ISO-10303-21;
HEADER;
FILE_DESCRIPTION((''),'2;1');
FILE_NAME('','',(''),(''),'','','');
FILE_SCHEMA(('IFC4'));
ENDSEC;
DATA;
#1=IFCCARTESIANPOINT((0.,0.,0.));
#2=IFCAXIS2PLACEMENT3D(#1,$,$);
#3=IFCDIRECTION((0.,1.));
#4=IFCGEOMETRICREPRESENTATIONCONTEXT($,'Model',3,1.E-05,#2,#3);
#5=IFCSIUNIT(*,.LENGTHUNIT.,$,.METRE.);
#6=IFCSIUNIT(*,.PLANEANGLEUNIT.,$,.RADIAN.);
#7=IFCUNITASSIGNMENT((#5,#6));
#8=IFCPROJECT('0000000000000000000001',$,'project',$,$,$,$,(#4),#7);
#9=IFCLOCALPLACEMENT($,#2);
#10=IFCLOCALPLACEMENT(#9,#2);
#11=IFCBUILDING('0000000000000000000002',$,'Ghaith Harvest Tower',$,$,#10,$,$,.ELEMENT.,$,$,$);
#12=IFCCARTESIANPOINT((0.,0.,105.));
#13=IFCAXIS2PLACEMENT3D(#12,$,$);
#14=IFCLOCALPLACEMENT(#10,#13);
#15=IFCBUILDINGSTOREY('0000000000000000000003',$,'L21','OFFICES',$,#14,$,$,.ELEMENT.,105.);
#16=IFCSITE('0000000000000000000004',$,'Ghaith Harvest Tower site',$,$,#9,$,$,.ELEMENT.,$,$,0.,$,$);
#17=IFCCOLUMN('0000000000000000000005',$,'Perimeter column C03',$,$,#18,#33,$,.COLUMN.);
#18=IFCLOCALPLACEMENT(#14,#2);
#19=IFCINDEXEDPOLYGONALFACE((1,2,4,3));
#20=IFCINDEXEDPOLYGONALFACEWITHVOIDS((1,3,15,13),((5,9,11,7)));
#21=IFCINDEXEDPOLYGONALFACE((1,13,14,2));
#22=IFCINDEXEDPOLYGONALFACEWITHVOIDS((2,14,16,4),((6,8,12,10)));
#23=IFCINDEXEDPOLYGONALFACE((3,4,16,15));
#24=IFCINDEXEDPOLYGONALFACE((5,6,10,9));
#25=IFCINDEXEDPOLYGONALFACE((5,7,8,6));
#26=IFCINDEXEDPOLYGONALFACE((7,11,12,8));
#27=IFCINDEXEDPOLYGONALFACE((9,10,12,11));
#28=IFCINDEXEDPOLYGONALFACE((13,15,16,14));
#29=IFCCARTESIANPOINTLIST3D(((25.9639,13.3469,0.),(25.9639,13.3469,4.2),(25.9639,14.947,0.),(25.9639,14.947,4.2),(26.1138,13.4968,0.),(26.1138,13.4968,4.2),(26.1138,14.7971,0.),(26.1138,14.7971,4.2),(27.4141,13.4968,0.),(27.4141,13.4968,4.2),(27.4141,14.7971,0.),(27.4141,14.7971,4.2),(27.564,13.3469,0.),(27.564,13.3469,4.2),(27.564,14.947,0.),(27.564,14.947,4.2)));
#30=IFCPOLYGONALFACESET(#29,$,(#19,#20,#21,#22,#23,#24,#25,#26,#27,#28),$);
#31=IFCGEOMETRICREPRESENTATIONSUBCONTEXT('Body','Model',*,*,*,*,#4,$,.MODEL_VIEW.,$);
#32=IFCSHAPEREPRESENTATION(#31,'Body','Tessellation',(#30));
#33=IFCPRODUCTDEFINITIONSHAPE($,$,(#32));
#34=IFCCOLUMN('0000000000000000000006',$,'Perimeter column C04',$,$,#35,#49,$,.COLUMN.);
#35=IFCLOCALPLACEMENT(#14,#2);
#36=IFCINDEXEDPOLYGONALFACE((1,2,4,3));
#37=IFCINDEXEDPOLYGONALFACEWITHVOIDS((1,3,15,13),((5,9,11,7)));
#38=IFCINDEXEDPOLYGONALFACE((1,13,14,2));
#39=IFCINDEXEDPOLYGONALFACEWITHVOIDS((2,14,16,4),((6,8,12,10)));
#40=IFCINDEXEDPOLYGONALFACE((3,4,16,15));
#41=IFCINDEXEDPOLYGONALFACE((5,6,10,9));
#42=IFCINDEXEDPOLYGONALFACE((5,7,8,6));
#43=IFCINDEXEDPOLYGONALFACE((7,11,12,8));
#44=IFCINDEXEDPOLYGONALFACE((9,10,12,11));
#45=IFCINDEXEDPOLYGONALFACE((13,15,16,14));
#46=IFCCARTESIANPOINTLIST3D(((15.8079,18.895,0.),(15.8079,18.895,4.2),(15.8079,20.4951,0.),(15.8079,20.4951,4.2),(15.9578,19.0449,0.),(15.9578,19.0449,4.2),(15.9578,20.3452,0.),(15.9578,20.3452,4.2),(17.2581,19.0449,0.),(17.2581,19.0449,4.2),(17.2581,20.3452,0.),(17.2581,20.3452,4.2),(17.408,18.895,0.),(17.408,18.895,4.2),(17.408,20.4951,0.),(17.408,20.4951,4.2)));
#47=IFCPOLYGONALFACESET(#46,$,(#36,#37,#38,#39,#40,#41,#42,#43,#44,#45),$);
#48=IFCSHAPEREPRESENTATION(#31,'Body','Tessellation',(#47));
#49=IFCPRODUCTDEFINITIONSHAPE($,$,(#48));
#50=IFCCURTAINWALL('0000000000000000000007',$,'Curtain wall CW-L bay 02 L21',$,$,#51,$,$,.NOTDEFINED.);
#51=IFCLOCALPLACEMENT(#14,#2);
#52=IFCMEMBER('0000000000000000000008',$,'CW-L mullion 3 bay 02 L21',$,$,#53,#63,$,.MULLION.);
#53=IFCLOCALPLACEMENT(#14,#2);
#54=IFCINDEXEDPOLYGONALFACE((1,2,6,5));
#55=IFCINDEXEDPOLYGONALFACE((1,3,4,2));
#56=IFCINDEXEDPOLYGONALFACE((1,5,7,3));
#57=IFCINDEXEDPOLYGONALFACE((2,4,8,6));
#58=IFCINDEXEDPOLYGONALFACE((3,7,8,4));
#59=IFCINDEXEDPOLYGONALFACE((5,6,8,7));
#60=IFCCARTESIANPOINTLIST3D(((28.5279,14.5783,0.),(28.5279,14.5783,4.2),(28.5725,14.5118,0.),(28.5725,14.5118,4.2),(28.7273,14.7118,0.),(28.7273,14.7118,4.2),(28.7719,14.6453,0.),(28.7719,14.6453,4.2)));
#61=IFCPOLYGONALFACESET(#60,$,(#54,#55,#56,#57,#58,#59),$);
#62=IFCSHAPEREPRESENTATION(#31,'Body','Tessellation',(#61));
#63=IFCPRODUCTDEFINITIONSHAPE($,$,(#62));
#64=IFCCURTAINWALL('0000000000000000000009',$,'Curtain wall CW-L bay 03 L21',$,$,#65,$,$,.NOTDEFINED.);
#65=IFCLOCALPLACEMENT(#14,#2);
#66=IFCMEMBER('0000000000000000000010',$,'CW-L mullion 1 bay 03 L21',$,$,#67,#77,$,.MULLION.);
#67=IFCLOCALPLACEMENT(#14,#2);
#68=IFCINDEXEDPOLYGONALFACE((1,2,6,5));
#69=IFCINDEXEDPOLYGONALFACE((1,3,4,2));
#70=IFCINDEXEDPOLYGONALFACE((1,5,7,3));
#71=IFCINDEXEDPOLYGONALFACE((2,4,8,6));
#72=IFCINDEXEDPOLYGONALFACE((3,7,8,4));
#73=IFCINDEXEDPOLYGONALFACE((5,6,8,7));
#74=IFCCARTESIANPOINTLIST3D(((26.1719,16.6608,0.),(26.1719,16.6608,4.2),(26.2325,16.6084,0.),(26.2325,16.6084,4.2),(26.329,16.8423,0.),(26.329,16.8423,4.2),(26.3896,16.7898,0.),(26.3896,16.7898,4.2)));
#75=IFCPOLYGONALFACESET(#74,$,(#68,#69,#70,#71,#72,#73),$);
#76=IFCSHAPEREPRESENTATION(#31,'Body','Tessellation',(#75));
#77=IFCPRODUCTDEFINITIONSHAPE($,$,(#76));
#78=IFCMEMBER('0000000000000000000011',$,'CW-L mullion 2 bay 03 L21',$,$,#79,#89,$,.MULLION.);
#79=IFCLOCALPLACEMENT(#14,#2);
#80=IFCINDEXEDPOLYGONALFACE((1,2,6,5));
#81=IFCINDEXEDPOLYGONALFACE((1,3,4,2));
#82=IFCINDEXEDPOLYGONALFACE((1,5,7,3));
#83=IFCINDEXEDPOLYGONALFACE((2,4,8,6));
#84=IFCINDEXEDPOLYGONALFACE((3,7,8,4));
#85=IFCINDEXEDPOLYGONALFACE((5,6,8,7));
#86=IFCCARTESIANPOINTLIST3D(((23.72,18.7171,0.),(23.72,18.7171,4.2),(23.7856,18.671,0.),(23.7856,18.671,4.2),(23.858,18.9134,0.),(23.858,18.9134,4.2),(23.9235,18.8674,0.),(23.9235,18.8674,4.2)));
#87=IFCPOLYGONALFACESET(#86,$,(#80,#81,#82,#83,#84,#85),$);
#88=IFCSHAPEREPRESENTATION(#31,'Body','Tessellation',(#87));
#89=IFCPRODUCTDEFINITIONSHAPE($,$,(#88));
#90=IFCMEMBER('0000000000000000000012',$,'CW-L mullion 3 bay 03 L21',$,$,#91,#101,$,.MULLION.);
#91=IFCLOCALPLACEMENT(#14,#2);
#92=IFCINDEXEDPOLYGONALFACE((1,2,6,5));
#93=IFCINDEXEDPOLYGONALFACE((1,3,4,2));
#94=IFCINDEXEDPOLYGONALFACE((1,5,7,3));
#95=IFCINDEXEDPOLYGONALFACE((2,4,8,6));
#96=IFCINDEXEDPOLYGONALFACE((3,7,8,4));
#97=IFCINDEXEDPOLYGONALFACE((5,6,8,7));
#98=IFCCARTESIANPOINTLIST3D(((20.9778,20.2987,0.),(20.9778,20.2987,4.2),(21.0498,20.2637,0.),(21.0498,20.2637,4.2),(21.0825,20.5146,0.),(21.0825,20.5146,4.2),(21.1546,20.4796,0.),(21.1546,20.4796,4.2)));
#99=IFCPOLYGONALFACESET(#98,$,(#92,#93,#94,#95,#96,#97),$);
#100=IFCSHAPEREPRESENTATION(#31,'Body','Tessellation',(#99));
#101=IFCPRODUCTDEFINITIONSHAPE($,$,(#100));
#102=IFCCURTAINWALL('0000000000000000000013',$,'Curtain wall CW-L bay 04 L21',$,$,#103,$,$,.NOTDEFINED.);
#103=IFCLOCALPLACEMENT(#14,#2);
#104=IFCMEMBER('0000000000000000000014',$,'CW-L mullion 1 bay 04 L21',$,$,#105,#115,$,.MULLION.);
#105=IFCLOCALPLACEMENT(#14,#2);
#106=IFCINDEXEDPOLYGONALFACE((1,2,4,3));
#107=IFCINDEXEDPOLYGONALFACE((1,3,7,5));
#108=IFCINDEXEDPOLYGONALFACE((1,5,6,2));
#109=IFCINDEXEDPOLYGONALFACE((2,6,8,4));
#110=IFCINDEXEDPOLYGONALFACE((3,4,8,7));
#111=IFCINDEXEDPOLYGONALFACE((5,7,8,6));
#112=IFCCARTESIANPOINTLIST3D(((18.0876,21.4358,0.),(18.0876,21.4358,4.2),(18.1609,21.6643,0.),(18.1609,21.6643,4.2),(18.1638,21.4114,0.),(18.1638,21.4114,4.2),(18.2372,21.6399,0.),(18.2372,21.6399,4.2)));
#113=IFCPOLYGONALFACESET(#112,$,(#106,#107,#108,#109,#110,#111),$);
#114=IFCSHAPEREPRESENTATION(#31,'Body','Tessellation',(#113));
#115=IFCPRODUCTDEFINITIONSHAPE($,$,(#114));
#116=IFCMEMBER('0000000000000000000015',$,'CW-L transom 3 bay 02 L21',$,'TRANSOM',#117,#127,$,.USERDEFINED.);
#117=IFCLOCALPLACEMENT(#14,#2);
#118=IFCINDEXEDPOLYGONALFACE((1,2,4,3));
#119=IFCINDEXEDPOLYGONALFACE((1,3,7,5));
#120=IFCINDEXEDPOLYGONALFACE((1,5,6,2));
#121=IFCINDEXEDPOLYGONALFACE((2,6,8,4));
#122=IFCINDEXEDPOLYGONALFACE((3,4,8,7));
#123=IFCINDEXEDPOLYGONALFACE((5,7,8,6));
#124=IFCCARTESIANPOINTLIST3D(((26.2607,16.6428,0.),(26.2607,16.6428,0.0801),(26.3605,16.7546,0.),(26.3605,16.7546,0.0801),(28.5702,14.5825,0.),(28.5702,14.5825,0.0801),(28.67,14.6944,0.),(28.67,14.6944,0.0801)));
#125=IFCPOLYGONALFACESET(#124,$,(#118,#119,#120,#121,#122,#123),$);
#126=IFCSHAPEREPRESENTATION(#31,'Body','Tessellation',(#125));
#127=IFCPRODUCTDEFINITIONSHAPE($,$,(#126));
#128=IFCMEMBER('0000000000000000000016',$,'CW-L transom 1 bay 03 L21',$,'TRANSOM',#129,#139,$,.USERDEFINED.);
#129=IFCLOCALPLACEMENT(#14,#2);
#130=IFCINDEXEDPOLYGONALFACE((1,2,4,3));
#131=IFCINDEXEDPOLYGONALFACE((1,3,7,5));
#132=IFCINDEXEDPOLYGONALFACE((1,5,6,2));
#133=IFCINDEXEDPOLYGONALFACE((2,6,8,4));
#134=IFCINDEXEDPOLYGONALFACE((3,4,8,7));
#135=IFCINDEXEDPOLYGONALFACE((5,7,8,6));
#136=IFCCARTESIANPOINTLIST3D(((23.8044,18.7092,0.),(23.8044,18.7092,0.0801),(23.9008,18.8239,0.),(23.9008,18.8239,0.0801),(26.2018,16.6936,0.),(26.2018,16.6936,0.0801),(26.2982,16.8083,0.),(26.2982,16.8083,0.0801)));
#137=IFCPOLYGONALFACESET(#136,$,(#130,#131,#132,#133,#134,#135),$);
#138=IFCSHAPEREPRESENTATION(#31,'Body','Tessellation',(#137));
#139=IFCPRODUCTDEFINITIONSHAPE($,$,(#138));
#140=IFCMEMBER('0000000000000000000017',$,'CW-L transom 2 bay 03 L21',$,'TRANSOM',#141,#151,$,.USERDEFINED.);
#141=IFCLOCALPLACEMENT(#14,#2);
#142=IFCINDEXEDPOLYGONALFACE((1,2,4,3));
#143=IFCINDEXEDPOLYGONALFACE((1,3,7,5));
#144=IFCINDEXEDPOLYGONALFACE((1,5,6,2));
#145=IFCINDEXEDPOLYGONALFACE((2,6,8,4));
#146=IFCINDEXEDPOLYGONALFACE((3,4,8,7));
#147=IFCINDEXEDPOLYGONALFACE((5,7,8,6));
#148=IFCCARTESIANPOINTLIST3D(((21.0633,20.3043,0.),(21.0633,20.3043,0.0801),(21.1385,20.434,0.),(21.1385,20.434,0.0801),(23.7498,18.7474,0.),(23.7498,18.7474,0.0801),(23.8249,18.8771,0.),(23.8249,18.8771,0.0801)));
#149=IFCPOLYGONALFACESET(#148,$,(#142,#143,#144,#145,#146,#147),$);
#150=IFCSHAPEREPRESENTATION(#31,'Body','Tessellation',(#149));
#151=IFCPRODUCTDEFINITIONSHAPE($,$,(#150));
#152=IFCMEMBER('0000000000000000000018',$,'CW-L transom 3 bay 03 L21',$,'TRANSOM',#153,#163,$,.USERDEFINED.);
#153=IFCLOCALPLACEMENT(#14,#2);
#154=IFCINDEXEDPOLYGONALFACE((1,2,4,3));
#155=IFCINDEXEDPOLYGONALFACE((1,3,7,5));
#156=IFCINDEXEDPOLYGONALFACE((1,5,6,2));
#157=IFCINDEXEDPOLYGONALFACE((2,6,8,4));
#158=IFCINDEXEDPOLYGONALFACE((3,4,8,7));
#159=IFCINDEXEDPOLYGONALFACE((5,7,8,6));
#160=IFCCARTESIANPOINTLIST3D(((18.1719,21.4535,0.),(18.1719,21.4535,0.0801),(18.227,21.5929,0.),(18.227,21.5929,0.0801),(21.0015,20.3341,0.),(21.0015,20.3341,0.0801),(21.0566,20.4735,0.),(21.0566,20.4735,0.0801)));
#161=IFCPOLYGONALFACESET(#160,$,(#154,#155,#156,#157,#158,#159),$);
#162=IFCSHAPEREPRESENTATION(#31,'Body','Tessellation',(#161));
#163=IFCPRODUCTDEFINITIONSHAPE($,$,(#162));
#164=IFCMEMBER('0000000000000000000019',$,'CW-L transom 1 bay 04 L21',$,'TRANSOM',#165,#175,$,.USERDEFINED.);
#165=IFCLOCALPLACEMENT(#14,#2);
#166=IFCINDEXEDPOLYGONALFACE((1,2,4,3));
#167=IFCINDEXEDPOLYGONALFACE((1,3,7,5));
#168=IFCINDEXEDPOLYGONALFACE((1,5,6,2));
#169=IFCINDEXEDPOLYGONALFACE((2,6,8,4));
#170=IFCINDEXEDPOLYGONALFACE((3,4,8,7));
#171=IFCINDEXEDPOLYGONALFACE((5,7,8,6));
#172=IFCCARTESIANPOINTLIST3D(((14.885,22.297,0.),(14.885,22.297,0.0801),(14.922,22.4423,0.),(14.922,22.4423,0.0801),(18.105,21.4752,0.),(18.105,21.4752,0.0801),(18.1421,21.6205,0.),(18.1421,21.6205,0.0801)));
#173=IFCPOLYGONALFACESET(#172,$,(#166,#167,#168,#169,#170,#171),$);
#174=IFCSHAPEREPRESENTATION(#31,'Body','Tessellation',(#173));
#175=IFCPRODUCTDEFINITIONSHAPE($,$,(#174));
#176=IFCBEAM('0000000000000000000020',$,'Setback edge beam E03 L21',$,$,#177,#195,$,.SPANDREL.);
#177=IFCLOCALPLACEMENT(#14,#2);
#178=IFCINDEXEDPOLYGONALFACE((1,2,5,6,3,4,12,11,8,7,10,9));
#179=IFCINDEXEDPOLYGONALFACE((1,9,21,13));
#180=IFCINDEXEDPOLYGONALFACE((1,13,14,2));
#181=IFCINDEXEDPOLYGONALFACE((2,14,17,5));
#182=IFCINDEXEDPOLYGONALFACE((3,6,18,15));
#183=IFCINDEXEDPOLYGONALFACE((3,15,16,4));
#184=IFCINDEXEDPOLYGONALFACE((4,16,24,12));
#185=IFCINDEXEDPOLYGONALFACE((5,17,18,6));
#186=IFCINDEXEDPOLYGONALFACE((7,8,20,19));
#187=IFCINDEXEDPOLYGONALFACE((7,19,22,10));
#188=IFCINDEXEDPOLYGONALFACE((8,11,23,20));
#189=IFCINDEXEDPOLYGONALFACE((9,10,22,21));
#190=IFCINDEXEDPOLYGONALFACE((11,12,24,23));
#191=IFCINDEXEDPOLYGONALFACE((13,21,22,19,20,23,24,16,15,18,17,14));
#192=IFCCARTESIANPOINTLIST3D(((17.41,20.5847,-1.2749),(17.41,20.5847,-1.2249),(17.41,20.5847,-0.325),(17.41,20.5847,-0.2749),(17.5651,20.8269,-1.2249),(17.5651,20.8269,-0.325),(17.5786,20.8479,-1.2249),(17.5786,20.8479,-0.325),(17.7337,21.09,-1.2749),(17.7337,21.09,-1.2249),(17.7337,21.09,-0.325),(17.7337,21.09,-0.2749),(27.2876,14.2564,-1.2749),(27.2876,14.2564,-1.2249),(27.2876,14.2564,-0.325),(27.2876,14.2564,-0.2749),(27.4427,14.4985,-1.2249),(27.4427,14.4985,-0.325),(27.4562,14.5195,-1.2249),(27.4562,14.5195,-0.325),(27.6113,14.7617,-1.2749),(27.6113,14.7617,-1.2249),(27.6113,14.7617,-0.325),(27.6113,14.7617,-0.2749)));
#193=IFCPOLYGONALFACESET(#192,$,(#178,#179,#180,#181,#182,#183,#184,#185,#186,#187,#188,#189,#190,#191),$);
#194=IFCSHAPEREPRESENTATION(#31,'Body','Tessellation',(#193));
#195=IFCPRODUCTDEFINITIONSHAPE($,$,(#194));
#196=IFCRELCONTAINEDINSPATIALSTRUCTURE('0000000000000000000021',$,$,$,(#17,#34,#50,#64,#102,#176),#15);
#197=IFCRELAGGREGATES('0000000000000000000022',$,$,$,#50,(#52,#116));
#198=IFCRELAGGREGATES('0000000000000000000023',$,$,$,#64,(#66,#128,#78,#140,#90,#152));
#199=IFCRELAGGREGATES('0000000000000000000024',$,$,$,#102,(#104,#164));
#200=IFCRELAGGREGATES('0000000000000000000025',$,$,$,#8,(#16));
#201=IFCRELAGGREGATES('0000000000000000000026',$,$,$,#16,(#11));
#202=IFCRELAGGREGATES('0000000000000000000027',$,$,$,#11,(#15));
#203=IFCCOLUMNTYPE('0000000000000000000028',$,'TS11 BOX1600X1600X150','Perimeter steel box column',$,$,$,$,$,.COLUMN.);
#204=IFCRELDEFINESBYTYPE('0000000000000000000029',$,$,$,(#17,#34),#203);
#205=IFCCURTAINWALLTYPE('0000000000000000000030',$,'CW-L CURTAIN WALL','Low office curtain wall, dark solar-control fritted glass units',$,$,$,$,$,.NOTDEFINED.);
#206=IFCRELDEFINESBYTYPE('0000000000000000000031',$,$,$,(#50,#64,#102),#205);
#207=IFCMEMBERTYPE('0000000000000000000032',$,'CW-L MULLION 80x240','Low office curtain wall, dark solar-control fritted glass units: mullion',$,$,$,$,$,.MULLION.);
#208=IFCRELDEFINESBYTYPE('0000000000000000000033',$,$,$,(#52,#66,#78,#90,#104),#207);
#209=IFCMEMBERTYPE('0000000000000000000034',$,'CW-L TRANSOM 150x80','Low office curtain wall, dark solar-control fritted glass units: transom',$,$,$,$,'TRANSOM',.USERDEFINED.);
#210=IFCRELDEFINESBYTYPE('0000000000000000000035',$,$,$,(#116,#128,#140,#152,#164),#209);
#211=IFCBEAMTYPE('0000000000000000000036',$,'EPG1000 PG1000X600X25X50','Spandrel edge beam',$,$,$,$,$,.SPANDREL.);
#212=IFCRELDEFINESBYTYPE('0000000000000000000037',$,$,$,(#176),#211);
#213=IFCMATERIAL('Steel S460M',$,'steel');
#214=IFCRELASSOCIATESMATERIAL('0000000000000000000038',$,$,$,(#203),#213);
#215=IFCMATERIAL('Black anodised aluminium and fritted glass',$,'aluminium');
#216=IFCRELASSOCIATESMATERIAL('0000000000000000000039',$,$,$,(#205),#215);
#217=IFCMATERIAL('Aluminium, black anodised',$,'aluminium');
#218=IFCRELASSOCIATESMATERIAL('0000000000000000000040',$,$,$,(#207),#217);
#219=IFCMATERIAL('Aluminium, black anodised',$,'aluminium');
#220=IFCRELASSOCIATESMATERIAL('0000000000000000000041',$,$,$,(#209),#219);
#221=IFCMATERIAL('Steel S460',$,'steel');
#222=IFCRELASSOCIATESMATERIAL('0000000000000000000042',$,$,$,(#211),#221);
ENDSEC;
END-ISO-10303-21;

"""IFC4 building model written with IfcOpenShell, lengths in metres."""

from ifc_helpers import new_model, si_unit, direction, frame, origin, origin_2d, place, context, subcontext, project, spatial, rectangle, hollow_rectangle, i_section, extrude, material, material_profile, profile_set, type_object, element, aggregate, save


model = new_model("IFC4")

# Units and contexts
model_context = context("Model", 3, precision=1e-05, world=origin(), true_north=direction((0.0, 1.0)))
body_context = subcontext(model_context, "Body", "Model", "MODEL_VIEW")
ifc_project = project(units=[si_unit("LENGTHUNIT", "METRE"), si_unit("PLANEANGLEUNIT", "RADIAN")], contexts=[model_context])

# Site, building, storey
site_placement = place(None, origin())
site = spatial("IfcSite", under=ifc_project, at=site_placement, Name="Ghaith Harvest Tower site", CompositionType="ELEMENT", RefElevation=0.0)
building_placement = place(site_placement, origin())
building = spatial("IfcBuilding", under=site, at=building_placement, Name="Ghaith Harvest Tower", CompositionType="ELEMENT")
storey_placement = place(building_placement, frame((0.0, 0.0, 105.0)))
storey = spatial("IfcBuildingStorey", under=building, at=storey_placement, Name="L21", Description="OFFICES", CompositionType="ELEMENT", Elevation=105.0)

# Columns
ifc_material_1 = material(Name="Steel S460M", Category="steel")
ifc_material_profile_1 = material_profile(ifc_material_1, hollow_rectangle(XDim=1.6001, YDim=1.6001, WallThickness=0.1499, at=origin_2d()), Name="BOX1600X1600X150")
ifc_profile_set_1 = profile_set([ifc_material_profile_1], Name="Steel S460M")
column_type = type_object("IfcColumnType", Name="TS11 BOX1600X1600X150", Description="Perimeter steel box column", PredefinedType="COLUMN", material=ifc_profile_set_1)
for number, where, z_axis, x_axis, name in (
    (1, (26.7639, 14.147, 0.0), (0.0, 0.0, 1.0), (1.0, 0.0, 0.0), "Perimeter column C03"),
    (2, (16.6079, 19.6951, 0.0), (0.0, 0.0, 1.0), (1.0, 0.0, 0.0), "Perimeter column C04"),
):
    element("IfcColumn", number, at=place(storey_placement, frame(where, z_axis=z_axis, x_axis=x_axis)), inside=storey, type_object=column_type, Name=name, PredefinedType="COLUMN", context=body_context, shape_type="SweptSolid", body=[
        extrude(hollow_rectangle(XDim=1.6001, YDim=1.6001, WallThickness=0.1499, at=origin_2d()), origin(), (0.0, 0.0, 1.0), 4.2),
    ])

# Curtain wall, member
ifc_material_2 = material(Name="Black anodised aluminium and fritted glass", Category="aluminium")
curtain_wall_type = type_object("IfcCurtainWallType", Name="CW-L CURTAIN WALL", Description="Low office curtain wall, dark solar-control fritted glass units", PredefinedType="NOTDEFINED", material=ifc_material_2)
curtain_wall_1_placement = place(storey_placement, origin())
curtain_wall_1 = element("IfcCurtainWall", 3, at=curtain_wall_1_placement, inside=storey, type_object=curtain_wall_type, Name="Curtain wall CW-L bay 02 L21", PredefinedType="NOTDEFINED")
ifc_material_3 = material(Name="Aluminium, black anodised", Category="aluminium")
ifc_material_profile_2 = material_profile(ifc_material_3, rectangle(XDim=0.0801, YDim=0.24, at=origin_2d()), Name="CW-L MULLION 80x240")
ifc_profile_set_2 = profile_set([ifc_material_profile_2], Name="Aluminium, black anodised")
member_type_1 = type_object("IfcMemberType", Name="CW-L MULLION 80x240", Description="Low office curtain wall, dark solar-control fritted glass units: mullion", PredefinedType="MULLION", material=ifc_profile_set_2)
member_1_placement = place(storey_placement, frame((28.6499, 14.6118, 0.0), z_axis=(0.0, 0.0, 1.0), x_axis=(-0.556324, 0.830965, 0.0)))
member_1 = element("IfcMember", 4, at=member_1_placement, type_object=member_type_1, Name="CW-L mullion 3 bay 02 L21", PredefinedType="MULLION", context=body_context, shape_type="SweptSolid", body=[
    extrude(rectangle(XDim=0.0801, YDim=0.24, at=origin_2d()), origin(), (0.0, 0.0, 1.0), 4.2),
])

# Curtain wall, members
curtain_wall_2_placement = place(storey_placement, origin())
curtain_wall_2 = element("IfcCurtainWall", 5, at=curtain_wall_2_placement, inside=storey, type_object=curtain_wall_type, Name="Curtain wall CW-L bay 03 L21", PredefinedType="NOTDEFINED")
member_2_placement = place(storey_placement, frame((26.2808, 16.7253, 0.0), z_axis=(0.0, 0.0, 1.0), x_axis=(-0.755999, 0.654572, 0.0)))
member_2 = element("IfcMember", 6, at=member_2_placement, type_object=member_type_1, Name="CW-L mullion 1 bay 03 L21", PredefinedType="MULLION", context=body_context, shape_type="SweptSolid", body=[
    extrude(rectangle(XDim=0.0801, YDim=0.24, at=origin_2d()), origin(), (0.0, 0.0, 1.0), 4.2),
])
member_3_placement = place(storey_placement, frame((23.8218, 18.7922, 0.0), z_axis=(0.0, 0.0, 1.0), x_axis=(-0.818229, 0.574893, 0.0)))
member_3 = element("IfcMember", 7, at=member_3_placement, type_object=member_type_1, Name="CW-L mullion 2 bay 03 L21", PredefinedType="MULLION", context=body_context, shape_type="SweptSolid", body=[
    extrude(rectangle(XDim=0.0801, YDim=0.24, at=origin_2d()), origin(), (0.0, 0.0, 1.0), 4.2),
])
member_4_placement = place(storey_placement, frame((21.0662, 20.3892, 0.0), z_axis=(0.0, 0.0, 1.0), x_axis=(-0.899713, 0.436481, 0.0)))
member_4 = element("IfcMember", 8, at=member_4_placement, type_object=member_type_1, Name="CW-L mullion 3 bay 03 L21", PredefinedType="MULLION", context=body_context, shape_type="SweptSolid", body=[
    extrude(rectangle(XDim=0.0801, YDim=0.24, at=origin_2d()), origin(), (0.0, 0.0, 1.0), 4.2),
])

# Curtain wall, member
curtain_wall_3_placement = place(storey_placement, origin())
curtain_wall_3 = element("IfcCurtainWall", 9, at=curtain_wall_3_placement, inside=storey, type_object=curtain_wall_type, Name="Curtain wall CW-L bay 04 L21", PredefinedType="NOTDEFINED")
member_5_placement = place(storey_placement, frame((18.1624, 21.5378, 0.0), z_axis=(0.0, 0.0, 1.0), x_axis=(-0.952152, 0.305624, 0.0)))
member_5 = element("IfcMember", 10, at=member_5_placement, type_object=member_type_1, Name="CW-L mullion 1 bay 04 L21", PredefinedType="MULLION", context=body_context, shape_type="SweptSolid", body=[
    extrude(rectangle(XDim=0.0801, YDim=0.24, at=origin_2d()), origin(), (0.0, 0.0, 1.0), 4.2),
])

# Members
ifc_material_4 = material(Name="Aluminium, black anodised", Category="aluminium")
ifc_material_profile_3 = material_profile(ifc_material_4, rectangle(XDim=0.1499, YDim=0.0801, at=origin_2d()), Name="CW-L TRANSOM 150x80")
ifc_profile_set_3 = profile_set([ifc_material_profile_3], Name="Aluminium, black anodised")
member_type_2 = type_object("IfcMemberType", Name="CW-L TRANSOM 150x80", Description="Low office curtain wall, dark solar-control fritted glass units: transom", ElementType="TRANSOM", PredefinedType="USERDEFINED", material=ifc_profile_set_3)
member_6_placement = place(storey_placement, frame((28.6201, 14.6384, 0.04), z_axis=(-0.746229, 0.66569, 0.0), x_axis=(-0.66569, -0.746229, 0.0)))
member_6 = element("IfcMember", 11, at=member_6_placement, type_object=member_type_2, Name="CW-L transom 3 bay 02 L21", ObjectType="TRANSOM", PredefinedType="USERDEFINED", context=body_context, shape_type="SweptSolid", body=[
    extrude(rectangle(XDim=0.1499, YDim=0.0801, at=origin_2d()), origin(), (0.0, 0.0, 1.0), 3.095),
])
member_7_placement = place(storey_placement, frame((26.25, 16.751, 0.04), z_axis=(-0.765428, 0.643521, 0.0), x_axis=(-0.643521, -0.765428, 0.0)))
member_7 = element("IfcMember", 12, at=member_7_placement, type_object=member_type_2, Name="CW-L transom 1 bay 03 L21", ObjectType="TRANSOM", PredefinedType="USERDEFINED", context=body_context, shape_type="SweptSolid", body=[
    extrude(rectangle(XDim=0.1499, YDim=0.0801, at=origin_2d()), origin(), (0.0, 0.0, 1.0), 3.1321),
])
member_8_placement = place(storey_placement, frame((23.7874, 18.8123, 0.04), z_axis=(-0.865213, 0.501405, 0.0), x_axis=(-0.501405, -0.865213, 0.0)))
member_8 = element("IfcMember", 13, at=member_8_placement, type_object=member_type_2, Name="CW-L transom 2 bay 03 L21", ObjectType="TRANSOM", PredefinedType="USERDEFINED", context=body_context, shape_type="SweptSolid", body=[
    extrude(rectangle(XDim=0.1499, YDim=0.0801, at=origin_2d()), origin(), (0.0, 0.0, 1.0), 3.105),
])
member_9_placement = place(storey_placement, frame((21.0291, 20.4038, 0.04), z_axis=(-0.929881, 0.367861, 0.0), x_axis=(-0.367861, -0.929881, 0.0)))
member_9 = element("IfcMember", 14, at=member_9_placement, type_object=member_type_2, Name="CW-L transom 3 bay 03 L21", ObjectType="TRANSOM", PredefinedType="USERDEFINED", context=body_context, shape_type="SweptSolid", body=[
    extrude(rectangle(XDim=0.1499, YDim=0.0801, at=origin_2d()), origin(), (0.0, 0.0, 1.0), 3.043),
])
member_10_placement = place(storey_placement, frame((18.1235, 21.5479, 0.04), z_axis=(-0.968942, 0.247286, 0.0), x_axis=(-0.247286, -0.968942, 0.0)))
member_10 = element("IfcMember", 15, at=member_10_placement, type_object=member_type_2, Name="CW-L transom 1 bay 04 L21", ObjectType="TRANSOM", PredefinedType="USERDEFINED", context=body_context, shape_type="SweptSolid", body=[
    extrude(rectangle(XDim=0.1499, YDim=0.0801, at=origin_2d()), origin(), (0.0, 0.0, 1.0), 3.3232),
])

# Beam
ifc_material_5 = material(Name="Steel S460", Category="steel")
ifc_material_profile_4 = material_profile(ifc_material_5, i_section(OverallWidth=0.6001, OverallDepth=1.0, WebThickness=0.0249, FlangeThickness=0.05, at=origin_2d()), Name="PG1000X600X25X50")
ifc_profile_set_4 = profile_set([ifc_material_profile_4], Name="Steel S460")
beam_type_1 = type_object("IfcBeamType", Name="EPG1000 PG1000X600X25X50", Description="Spandrel edge beam", PredefinedType="SPANDREL", material=ifc_profile_set_4)
beam_1_placement = place(storey_placement, frame((27.4495, 14.509, -0.7749), z_axis=(-0.842014, 0.539456, 0.0), x_axis=(-0.539456, -0.842014, 0.0)))
element("IfcBeam", 16, at=beam_1_placement, inside=storey, type_object=beam_type_1, Name="Setback edge beam E03 L21", PredefinedType="SPANDREL", context=body_context, shape_type="SweptSolid", body=[
    extrude(i_section(OverallWidth=0.6001, OverallDepth=1.0, WebThickness=0.0249, FlangeThickness=0.05, at=origin_2d()), origin(), (0.0, 0.0, 1.0), 11.731),
])

aggregate(curtain_wall_1, [member_1, member_6])
aggregate(curtain_wall_2, [member_2, member_7, member_3, member_8, member_4, member_9])
aggregate(curtain_wall_3, [member_5, member_10])

save(model, "model.ifc")
